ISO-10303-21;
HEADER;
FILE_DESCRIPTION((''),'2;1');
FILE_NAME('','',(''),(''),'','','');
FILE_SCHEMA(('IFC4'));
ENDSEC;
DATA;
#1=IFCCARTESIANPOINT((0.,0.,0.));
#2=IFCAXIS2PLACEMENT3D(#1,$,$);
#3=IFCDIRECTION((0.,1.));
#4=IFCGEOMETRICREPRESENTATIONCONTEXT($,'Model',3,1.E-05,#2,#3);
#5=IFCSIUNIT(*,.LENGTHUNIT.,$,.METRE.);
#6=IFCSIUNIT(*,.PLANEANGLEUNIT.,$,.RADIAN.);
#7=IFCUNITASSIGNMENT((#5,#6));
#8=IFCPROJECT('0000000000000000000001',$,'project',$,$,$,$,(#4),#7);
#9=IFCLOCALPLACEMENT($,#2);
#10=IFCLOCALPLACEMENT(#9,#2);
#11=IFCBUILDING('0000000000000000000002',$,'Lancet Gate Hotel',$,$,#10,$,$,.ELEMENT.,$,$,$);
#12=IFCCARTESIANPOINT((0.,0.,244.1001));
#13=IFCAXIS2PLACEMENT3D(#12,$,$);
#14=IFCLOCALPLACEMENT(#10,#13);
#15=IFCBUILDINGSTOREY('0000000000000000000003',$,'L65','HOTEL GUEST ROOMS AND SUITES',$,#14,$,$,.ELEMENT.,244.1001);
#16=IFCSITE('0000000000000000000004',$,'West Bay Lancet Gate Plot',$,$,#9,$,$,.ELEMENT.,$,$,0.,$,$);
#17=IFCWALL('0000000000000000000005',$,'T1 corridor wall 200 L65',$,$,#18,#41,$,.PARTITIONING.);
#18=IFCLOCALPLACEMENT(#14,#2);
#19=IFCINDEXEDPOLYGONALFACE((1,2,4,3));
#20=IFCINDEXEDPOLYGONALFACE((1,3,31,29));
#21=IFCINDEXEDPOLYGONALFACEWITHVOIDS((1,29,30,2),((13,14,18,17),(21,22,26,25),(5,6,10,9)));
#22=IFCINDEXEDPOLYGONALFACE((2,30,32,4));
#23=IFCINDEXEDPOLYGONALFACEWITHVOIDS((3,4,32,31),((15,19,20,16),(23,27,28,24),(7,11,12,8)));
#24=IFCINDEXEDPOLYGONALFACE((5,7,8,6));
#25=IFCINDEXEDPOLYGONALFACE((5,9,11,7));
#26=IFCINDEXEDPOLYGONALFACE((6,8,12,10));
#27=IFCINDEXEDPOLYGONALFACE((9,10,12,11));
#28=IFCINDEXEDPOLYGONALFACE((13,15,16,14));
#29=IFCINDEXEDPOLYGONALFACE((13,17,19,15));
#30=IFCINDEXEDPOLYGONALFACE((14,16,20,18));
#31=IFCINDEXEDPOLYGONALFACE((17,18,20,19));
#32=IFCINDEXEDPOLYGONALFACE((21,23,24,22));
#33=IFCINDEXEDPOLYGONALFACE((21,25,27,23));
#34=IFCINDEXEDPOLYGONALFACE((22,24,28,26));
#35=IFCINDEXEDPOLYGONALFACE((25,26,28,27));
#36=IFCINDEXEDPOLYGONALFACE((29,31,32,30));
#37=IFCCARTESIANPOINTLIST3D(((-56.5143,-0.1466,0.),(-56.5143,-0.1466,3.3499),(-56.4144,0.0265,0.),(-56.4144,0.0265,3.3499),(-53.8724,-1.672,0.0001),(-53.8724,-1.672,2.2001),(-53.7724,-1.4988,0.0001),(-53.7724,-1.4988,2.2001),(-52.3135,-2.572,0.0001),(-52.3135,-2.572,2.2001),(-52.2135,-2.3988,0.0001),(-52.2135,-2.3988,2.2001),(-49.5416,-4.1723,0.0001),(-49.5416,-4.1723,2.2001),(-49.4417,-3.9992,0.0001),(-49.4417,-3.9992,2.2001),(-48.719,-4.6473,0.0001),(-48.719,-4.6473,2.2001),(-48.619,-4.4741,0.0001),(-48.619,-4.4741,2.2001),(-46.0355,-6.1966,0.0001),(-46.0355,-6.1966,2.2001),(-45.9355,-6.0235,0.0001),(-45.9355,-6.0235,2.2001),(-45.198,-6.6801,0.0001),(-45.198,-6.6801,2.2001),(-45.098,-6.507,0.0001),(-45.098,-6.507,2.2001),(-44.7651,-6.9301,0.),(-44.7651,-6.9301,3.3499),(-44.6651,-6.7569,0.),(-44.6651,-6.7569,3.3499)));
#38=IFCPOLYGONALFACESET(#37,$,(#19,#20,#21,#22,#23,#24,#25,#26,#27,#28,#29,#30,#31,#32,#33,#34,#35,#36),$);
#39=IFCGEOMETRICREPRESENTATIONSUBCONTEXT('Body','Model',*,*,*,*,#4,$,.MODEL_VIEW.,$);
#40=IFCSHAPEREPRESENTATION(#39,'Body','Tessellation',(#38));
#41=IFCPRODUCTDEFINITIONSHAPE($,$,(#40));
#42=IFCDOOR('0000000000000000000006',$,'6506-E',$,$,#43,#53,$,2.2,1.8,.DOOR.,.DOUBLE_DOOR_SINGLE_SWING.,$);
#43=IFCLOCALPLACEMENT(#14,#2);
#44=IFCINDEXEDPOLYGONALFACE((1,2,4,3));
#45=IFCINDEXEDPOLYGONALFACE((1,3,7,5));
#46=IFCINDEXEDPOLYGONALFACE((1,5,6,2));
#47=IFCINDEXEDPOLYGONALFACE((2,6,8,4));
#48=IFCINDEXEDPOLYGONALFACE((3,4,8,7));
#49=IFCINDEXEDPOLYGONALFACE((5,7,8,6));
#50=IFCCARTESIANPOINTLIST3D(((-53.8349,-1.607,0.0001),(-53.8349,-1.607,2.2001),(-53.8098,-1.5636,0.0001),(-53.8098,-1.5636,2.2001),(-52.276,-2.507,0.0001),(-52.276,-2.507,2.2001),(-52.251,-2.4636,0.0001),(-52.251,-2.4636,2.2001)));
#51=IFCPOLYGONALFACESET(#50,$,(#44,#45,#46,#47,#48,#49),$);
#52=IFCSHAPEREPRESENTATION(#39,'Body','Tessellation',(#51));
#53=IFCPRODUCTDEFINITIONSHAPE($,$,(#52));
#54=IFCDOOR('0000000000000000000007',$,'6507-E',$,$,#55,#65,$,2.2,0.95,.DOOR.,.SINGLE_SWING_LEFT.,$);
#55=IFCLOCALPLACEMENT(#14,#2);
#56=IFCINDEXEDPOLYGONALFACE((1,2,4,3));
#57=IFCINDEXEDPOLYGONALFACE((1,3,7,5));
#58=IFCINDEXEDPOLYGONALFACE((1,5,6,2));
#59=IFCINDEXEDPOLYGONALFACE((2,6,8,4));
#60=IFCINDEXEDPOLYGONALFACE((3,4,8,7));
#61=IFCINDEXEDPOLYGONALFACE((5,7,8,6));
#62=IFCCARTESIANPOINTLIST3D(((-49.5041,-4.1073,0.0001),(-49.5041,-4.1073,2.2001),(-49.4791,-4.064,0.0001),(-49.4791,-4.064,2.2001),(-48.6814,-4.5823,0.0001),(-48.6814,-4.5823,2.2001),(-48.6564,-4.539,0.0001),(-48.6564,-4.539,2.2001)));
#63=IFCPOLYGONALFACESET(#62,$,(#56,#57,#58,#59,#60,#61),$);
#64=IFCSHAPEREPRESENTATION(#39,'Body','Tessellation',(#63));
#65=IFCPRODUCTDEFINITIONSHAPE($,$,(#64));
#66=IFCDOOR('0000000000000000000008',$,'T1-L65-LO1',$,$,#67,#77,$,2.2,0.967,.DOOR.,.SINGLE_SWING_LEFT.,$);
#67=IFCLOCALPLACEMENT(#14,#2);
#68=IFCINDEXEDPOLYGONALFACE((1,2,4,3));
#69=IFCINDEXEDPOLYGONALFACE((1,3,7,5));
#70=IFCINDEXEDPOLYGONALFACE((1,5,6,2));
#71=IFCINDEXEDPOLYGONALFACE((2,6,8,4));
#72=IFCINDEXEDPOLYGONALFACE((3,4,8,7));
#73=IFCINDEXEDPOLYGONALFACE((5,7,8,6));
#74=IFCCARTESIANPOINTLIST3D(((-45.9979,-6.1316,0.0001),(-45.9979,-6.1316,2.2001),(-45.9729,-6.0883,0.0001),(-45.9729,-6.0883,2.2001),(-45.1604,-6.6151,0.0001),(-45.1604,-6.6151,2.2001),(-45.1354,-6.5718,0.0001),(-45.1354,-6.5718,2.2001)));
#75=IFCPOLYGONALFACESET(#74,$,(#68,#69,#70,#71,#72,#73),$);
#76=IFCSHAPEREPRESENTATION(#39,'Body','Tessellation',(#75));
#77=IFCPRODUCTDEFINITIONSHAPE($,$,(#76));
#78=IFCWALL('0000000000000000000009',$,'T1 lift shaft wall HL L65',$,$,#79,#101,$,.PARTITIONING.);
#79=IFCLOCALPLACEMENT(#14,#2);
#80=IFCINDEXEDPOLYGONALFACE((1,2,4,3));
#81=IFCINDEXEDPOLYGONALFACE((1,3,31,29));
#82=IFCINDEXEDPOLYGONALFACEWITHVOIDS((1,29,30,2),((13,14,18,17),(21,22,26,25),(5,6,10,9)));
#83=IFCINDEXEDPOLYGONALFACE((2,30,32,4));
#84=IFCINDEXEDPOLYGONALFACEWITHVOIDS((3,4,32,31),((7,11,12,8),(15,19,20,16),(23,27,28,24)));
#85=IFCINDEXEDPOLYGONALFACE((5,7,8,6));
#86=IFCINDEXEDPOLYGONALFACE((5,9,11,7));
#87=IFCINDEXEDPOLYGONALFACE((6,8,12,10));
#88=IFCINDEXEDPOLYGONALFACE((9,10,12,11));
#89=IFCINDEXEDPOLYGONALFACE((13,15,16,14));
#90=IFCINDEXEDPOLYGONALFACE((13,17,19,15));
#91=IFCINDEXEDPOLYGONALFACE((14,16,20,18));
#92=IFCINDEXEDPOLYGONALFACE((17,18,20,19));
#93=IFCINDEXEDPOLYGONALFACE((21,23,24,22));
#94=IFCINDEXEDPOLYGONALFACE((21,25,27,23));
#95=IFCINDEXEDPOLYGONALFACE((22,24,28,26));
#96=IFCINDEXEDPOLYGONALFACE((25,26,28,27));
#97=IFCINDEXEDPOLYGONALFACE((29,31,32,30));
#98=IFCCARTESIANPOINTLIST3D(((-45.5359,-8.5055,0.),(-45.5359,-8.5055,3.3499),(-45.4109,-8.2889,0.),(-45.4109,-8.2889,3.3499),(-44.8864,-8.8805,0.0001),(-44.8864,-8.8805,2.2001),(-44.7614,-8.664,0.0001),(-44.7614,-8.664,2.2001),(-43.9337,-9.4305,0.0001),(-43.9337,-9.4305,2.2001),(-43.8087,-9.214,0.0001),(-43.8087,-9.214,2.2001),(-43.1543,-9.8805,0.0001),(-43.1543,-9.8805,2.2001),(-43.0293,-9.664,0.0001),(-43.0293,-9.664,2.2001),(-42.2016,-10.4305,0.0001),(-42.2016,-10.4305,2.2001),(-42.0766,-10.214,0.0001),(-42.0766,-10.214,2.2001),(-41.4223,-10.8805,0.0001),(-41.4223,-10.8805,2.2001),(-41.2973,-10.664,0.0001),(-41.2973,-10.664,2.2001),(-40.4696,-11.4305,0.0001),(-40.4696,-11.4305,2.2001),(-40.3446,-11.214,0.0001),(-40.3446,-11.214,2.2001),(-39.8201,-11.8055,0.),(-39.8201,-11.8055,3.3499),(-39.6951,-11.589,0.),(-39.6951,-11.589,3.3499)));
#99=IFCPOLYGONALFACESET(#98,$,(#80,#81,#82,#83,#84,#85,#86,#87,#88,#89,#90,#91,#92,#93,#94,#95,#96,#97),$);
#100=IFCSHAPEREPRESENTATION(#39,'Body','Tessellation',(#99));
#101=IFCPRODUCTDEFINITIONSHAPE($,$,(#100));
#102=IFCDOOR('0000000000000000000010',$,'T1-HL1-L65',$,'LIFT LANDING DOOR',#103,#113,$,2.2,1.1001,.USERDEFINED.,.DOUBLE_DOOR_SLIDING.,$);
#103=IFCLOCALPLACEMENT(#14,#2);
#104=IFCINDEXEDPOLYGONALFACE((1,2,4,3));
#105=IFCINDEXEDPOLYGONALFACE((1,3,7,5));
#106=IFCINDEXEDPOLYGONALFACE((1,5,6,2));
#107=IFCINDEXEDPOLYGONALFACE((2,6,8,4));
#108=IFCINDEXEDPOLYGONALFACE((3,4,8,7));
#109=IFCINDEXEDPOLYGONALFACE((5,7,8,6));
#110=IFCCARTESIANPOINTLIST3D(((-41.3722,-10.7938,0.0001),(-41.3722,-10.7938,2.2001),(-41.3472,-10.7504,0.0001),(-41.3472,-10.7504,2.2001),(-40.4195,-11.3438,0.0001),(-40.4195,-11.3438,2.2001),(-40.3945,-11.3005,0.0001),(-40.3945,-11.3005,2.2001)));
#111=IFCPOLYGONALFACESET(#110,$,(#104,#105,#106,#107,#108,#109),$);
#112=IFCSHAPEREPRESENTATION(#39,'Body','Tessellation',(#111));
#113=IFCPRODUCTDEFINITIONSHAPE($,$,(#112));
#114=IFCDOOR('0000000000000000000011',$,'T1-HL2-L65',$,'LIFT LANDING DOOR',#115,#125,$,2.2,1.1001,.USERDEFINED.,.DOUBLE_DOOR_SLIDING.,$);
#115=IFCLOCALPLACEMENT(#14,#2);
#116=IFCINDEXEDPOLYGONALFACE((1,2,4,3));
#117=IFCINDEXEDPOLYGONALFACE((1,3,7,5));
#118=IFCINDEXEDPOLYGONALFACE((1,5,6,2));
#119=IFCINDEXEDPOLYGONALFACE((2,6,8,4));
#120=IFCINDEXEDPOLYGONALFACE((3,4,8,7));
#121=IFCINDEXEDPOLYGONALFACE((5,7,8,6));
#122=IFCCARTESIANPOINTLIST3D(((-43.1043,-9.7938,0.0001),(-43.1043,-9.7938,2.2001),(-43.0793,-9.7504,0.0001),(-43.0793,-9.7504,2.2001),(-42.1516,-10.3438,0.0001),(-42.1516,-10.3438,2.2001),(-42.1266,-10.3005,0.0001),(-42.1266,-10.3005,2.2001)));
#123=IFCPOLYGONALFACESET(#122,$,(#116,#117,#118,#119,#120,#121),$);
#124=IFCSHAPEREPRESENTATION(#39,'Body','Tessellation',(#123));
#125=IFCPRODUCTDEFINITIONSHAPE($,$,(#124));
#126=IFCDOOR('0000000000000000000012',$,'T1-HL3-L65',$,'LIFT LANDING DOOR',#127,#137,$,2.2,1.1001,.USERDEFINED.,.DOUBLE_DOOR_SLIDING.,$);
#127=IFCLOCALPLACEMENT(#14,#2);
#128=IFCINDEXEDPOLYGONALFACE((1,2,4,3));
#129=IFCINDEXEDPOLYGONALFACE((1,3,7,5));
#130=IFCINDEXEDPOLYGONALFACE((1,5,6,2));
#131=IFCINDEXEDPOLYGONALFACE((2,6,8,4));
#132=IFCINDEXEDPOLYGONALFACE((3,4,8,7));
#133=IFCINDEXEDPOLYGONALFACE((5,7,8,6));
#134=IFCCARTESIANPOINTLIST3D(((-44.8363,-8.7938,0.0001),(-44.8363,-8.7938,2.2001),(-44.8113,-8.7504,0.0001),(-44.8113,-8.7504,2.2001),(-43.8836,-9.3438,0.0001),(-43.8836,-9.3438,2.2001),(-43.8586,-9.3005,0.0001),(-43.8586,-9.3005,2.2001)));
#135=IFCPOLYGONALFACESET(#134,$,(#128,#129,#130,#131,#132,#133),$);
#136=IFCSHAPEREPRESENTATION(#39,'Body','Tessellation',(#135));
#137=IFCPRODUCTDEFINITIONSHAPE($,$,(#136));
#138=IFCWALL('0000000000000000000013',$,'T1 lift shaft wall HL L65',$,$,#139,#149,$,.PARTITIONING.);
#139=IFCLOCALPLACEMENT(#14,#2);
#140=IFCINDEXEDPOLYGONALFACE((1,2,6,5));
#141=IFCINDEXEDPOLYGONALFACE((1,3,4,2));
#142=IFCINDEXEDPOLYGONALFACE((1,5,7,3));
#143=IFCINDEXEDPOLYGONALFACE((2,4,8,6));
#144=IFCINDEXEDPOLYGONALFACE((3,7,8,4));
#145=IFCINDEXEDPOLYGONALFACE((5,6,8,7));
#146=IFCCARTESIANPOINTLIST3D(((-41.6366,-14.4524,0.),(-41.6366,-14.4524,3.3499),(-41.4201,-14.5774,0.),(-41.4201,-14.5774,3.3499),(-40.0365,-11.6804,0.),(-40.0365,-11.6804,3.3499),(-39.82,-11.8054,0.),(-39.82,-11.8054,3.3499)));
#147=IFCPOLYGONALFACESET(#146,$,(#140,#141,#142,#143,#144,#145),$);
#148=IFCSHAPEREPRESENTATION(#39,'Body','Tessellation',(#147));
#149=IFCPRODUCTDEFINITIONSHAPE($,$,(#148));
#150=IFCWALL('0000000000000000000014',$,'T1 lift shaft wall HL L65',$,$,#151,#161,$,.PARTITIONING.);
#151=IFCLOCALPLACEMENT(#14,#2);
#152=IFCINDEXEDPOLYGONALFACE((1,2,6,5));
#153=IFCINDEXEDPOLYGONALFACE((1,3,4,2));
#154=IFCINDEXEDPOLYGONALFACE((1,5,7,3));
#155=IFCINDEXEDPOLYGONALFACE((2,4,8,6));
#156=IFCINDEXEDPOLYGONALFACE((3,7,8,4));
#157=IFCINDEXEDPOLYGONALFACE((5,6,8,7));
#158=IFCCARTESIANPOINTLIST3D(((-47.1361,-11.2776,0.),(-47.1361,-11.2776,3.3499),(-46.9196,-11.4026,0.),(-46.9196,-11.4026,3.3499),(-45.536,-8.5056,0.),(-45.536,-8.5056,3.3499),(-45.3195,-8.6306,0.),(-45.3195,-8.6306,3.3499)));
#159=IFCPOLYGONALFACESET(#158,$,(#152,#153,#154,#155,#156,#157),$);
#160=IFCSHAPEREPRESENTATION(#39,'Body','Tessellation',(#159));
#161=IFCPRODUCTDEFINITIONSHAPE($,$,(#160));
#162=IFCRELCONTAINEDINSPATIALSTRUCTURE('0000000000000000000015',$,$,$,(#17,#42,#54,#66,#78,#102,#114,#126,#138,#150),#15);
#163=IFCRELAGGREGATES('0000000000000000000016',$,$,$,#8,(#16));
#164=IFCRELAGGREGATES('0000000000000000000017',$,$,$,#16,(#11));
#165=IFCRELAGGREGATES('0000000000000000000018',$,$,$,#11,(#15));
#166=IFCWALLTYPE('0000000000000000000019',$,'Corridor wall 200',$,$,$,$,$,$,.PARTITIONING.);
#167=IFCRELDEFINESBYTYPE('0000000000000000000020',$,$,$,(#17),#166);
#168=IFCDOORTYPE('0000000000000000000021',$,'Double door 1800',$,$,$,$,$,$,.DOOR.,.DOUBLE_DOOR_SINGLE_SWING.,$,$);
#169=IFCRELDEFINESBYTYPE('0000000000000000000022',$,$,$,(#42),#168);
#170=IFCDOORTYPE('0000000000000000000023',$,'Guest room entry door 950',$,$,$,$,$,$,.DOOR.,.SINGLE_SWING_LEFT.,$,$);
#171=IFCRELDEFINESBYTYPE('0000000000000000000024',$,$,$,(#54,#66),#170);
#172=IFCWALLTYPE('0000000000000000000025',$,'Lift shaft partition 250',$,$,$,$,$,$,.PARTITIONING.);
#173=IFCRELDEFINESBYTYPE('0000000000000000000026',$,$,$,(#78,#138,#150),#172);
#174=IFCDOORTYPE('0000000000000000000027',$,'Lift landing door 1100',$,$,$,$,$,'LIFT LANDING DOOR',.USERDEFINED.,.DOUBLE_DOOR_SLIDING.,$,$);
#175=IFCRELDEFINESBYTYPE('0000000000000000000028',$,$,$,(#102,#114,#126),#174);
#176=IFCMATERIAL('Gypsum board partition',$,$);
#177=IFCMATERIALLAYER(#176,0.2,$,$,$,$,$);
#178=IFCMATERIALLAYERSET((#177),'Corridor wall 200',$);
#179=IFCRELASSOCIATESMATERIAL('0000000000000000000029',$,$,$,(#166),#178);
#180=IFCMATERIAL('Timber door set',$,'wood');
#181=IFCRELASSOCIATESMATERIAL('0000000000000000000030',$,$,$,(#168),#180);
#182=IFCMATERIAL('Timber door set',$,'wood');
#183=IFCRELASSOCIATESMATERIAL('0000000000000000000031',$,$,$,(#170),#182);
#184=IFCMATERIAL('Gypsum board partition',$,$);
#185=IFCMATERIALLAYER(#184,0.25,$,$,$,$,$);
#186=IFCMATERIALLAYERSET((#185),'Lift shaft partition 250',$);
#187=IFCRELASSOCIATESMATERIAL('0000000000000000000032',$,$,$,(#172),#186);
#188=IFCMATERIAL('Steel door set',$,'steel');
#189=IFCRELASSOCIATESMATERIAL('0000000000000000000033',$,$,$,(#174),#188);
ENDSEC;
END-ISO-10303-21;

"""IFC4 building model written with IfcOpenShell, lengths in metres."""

from ifc_helpers import new_model, si_unit, direction, frame, frame_2d, origin, place, context, subcontext, project, spatial, rectangle, extrude, material, layer, layer_set, type_object, element, fill, save


model = new_model("IFC4")

# Units and contexts
model_context = context("Model", 3, precision=1e-05, world=origin(), true_north=direction((0.0, 1.0)))
body_context = subcontext(model_context, "Body", "Model", "MODEL_VIEW")
ifc_project = project(units=[si_unit("LENGTHUNIT", "METRE"), si_unit("PLANEANGLEUNIT", "RADIAN")], contexts=[model_context])

# Site, building, storey
site_placement = place(None, origin())
site = spatial("IfcSite", under=ifc_project, at=site_placement, Name="West Bay Lancet Gate Plot", CompositionType="ELEMENT", RefElevation=0.0)
building_placement = place(site_placement, origin())
building = spatial("IfcBuilding", under=site, at=building_placement, Name="Lancet Gate Hotel", CompositionType="ELEMENT")
storey_placement = place(building_placement, frame((0.0, 0.0, 244.1001)))
storey = spatial("IfcBuildingStorey", under=building, at=storey_placement, Name="L65", Description="HOTEL GUEST ROOMS AND SUITES", CompositionType="ELEMENT", Elevation=244.1001)

# Walls, openings, doors
ifc_material_1 = material(Name="Gypsum board partition")
ifc_layer_1 = layer(ifc_material_1, 0.2)
ifc_layer_set_1 = layer_set([ifc_layer_1], Name="Corridor wall 200")
wall_type_1 = type_object("IfcWallType", Name="Corridor wall 200", PredefinedType="PARTITIONING", material=ifc_layer_set_1)
wall_1_placement = place(storey_placement, frame((-44.7151, -6.8435, 0.0), z_axis=(0.0, 0.0, 1.0), x_axis=(-0.866025, 0.5, 0.0)))
wall_1 = element("IfcWall", 1, at=wall_1_placement, inside=storey, type_object=wall_type_1, Name="T1 corridor wall 200 L65", PredefinedType="PARTITIONING", context=body_context, shape_type="SweptSolid", body=[
    extrude(rectangle(XDim=13.5669, YDim=0.2, at=frame_2d((6.7834, 0.0))), origin(), (0.0, 0.0, 1.0), 3.3499),
])
opening_1_placement = place(wall_1_placement, frame((8.7163, 0.0, 0.0)))
opening_1 = element("IfcOpeningElement", 2, at=opening_1_placement, cuts=wall_1, PredefinedType="OPENING", context=body_context, shape_type="SweptSolid", body=[
    extrude(rectangle(XDim=1.8, YDim=2.2, at=frame_2d((0.8999, 1.1001))), frame((0.0, 0.1099, 0.0), z_axis=(0.0, -1.0, 0.0), x_axis=(1.0, 0.0, 0.0)), (0.0, 0.0, 1.0), 0.22),
])
opening_2_placement = place(wall_1_placement, frame((4.5654, 0.0, 0.0)))
opening_2 = element("IfcOpeningElement", 3, at=opening_2_placement, cuts=wall_1, PredefinedType="OPENING", context=body_context, shape_type="SweptSolid", body=[
    extrude(rectangle(XDim=0.95, YDim=2.2, at=frame_2d((0.4751, 1.1001))), frame((0.0, 0.1099, 0.0), z_axis=(0.0, -1.0, 0.0), x_axis=(1.0, 0.0, 0.0)), (0.0, 0.0, 1.0), 0.22),
])
opening_3_placement = place(wall_1_placement, frame((0.5, 0.0, 0.0)))
opening_3 = element("IfcOpeningElement", 4, at=opening_3_placement, cuts=wall_1, PredefinedType="OPENING", context=body_context, shape_type="SweptSolid", body=[
    extrude(rectangle(XDim=0.967, YDim=2.2, at=frame_2d((0.4834, 1.1001))), frame((0.0, 0.1099, 0.0), z_axis=(0.0, -1.0, 0.0), x_axis=(1.0, 0.0, 0.0)), (0.0, 0.0, 1.0), 0.22),
])
ifc_material_2 = material(Name="Timber door set", Category="wood")
door_type_1 = type_object("IfcDoorType", Name="Double door 1800", OperationType="DOUBLE_DOOR_SINGLE_SWING", PredefinedType="DOOR", material=ifc_material_2)
door_1_placement = place(opening_1_placement, origin())
door_1 = element("IfcDoor", 5, at=door_1_placement, inside=storey, type_object=door_type_1, Name="6506-E", OperationType="DOUBLE_DOOR_SINGLE_SWING", OverallHeight=2.2, OverallWidth=1.8, PredefinedType="DOOR", context=body_context, shape_type="SweptSolid", body=[
    extrude(rectangle(XDim=1.8, YDim=2.2, at=frame_2d((0.8999, 1.1001))), frame((0.0, 0.0249, 0.0), z_axis=(0.0, -1.0, 0.0), x_axis=(1.0, 0.0, 0.0)), (0.0, 0.0, 1.0), 0.05),
])
fill(opening_1, door_1)
ifc_material_3 = material(Name="Timber door set", Category="wood")
door_type_2 = type_object("IfcDoorType", Name="Guest room entry door 950", OperationType="SINGLE_SWING_LEFT", PredefinedType="DOOR", material=ifc_material_3)
door_2_placement = place(opening_2_placement, origin())
door_2 = element("IfcDoor", 6, at=door_2_placement, inside=storey, type_object=door_type_2, Name="6507-E", OperationType="SINGLE_SWING_LEFT", OverallHeight=2.2, OverallWidth=0.95, PredefinedType="DOOR", context=body_context, shape_type="SweptSolid", body=[
    extrude(rectangle(XDim=0.95, YDim=2.2, at=frame_2d((0.4751, 1.1001))), frame((0.0, 0.0249, 0.0), z_axis=(0.0, -1.0, 0.0), x_axis=(1.0, 0.0, 0.0)), (0.0, 0.0, 1.0), 0.05),
])
fill(opening_2, door_2)
door_3_placement = place(opening_3_placement, origin())
door_3 = element("IfcDoor", 7, at=door_3_placement, inside=storey, type_object=door_type_2, Name="T1-L65-LO1", OperationType="SINGLE_SWING_LEFT", OverallHeight=2.2, OverallWidth=0.967, PredefinedType="DOOR", context=body_context, shape_type="SweptSolid", body=[
    extrude(rectangle(XDim=0.967, YDim=2.2, at=frame_2d((0.4834, 1.1001))), frame((0.0, 0.0249, 0.0), z_axis=(0.0, -1.0, 0.0), x_axis=(1.0, 0.0, 0.0)), (0.0, 0.0, 1.0), 0.05),
])
fill(opening_3, door_3)
ifc_material_4 = material(Name="Gypsum board partition")
ifc_layer_2 = layer(ifc_material_4, 0.25)
ifc_layer_set_2 = layer_set([ifc_layer_2], Name="Lift shaft partition 250")
wall_type_2 = type_object("IfcWallType", Name="Lift shaft partition 250", PredefinedType="PARTITIONING", material=ifc_layer_set_2)
wall_2_placement = place(storey_placement, frame((-39.7576, -11.6973, 0.0), z_axis=(0.0, 0.0, 1.0), x_axis=(-0.866024, 0.500002, 0.0)))
wall_2 = element("IfcWall", 8, at=wall_2_placement, inside=storey, type_object=wall_type_2, Name="T1 lift shaft wall HL L65", PredefinedType="PARTITIONING", context=body_context, shape_type="SweptSolid", body=[
    extrude(rectangle(XDim=6.6001, YDim=0.25, at=frame_2d((3.3, 0.0))), origin(), (0.0, 0.0, 1.0), 3.3499),
])
opening_4_placement = place(wall_2_placement, frame((0.75, 0.0, 0.0)))
opening_4 = element("IfcOpeningElement", 9, at=opening_4_placement, cuts=wall_2, PredefinedType="OPENING", context=body_context, shape_type="SweptSolid", body=[
    extrude(rectangle(XDim=1.1001, YDim=2.2, at=frame_2d((0.55, 1.1001))), frame((0.0, 0.135, 0.0), z_axis=(0.0, -1.0, 0.0), x_axis=(1.0, 0.0, 0.0)), (0.0, 0.0, 1.0), 0.27),
])
opening_5_placement = place(wall_2_placement, frame((2.75, 0.0, 0.0)))
opening_5 = element("IfcOpeningElement", 10, at=opening_5_placement, cuts=wall_2, PredefinedType="OPENING", context=body_context, shape_type="SweptSolid", body=[
    extrude(rectangle(XDim=1.1001, YDim=2.2, at=frame_2d((0.55, 1.1001))), frame((0.0, 0.135, 0.0), z_axis=(0.0, -1.0, 0.0), x_axis=(1.0, 0.0, 0.0)), (0.0, 0.0, 1.0), 0.27),
])
opening_6_placement = place(wall_2_placement, frame((4.75, 0.0, 0.0)))
opening_6 = element("IfcOpeningElement", 11, at=opening_6_placement, cuts=wall_2, PredefinedType="OPENING", context=body_context, shape_type="SweptSolid", body=[
    extrude(rectangle(XDim=1.1001, YDim=2.2, at=frame_2d((0.55, 1.1001))), frame((0.0, 0.135, 0.0), z_axis=(0.0, -1.0, 0.0), x_axis=(1.0, 0.0, 0.0)), (0.0, 0.0, 1.0), 0.27),
])
ifc_material_5 = material(Name="Steel door set", Category="steel")
door_type_3 = type_object("IfcDoorType", Name="Lift landing door 1100", ElementType="LIFT LANDING DOOR", OperationType="DOUBLE_DOOR_SLIDING", PredefinedType="USERDEFINED", material=ifc_material_5)
door_4_placement = place(opening_4_placement, origin())
door_4 = element("IfcDoor", 12, at=door_4_placement, inside=storey, type_object=door_type_3, Name="T1-HL1-L65", ObjectType="LIFT LANDING DOOR", OperationType="DOUBLE_DOOR_SLIDING", OverallHeight=2.2, OverallWidth=1.1001, PredefinedType="USERDEFINED", context=body_context, shape_type="SweptSolid", body=[
    extrude(rectangle(XDim=1.1001, YDim=2.2, at=frame_2d((0.55, 1.1001))), frame((0.0, 0.0249, 0.0), z_axis=(0.0, -1.0, 0.0), x_axis=(1.0, 0.0, 0.0)), (0.0, 0.0, 1.0), 0.05),
])
fill(opening_4, door_4)
door_5_placement = place(opening_5_placement, origin())
door_5 = element("IfcDoor", 13, at=door_5_placement, inside=storey, type_object=door_type_3, Name="T1-HL2-L65", ObjectType="LIFT LANDING DOOR", OperationType="DOUBLE_DOOR_SLIDING", OverallHeight=2.2, OverallWidth=1.1001, PredefinedType="USERDEFINED", context=body_context, shape_type="SweptSolid", body=[
    extrude(rectangle(XDim=1.1001, YDim=2.2, at=frame_2d((0.55, 1.1001))), frame((0.0, 0.0249, 0.0), z_axis=(0.0, -1.0, 0.0), x_axis=(1.0, 0.0, 0.0)), (0.0, 0.0, 1.0), 0.05),
])
fill(opening_5, door_5)
door_6_placement = place(opening_6_placement, origin())
door_6 = element("IfcDoor", 14, at=door_6_placement, inside=storey, type_object=door_type_3, Name="T1-HL3-L65", ObjectType="LIFT LANDING DOOR", OperationType="DOUBLE_DOOR_SLIDING", OverallHeight=2.2, OverallWidth=1.1001, PredefinedType="USERDEFINED", context=body_context, shape_type="SweptSolid", body=[
    extrude(rectangle(XDim=1.1001, YDim=2.2, at=frame_2d((0.55, 1.1001))), frame((0.0, 0.0249, 0.0), z_axis=(0.0, -1.0, 0.0), x_axis=(1.0, 0.0, 0.0)), (0.0, 0.0, 1.0), 0.05),
])
fill(opening_6, door_6)

# Walls
for number, where, z_axis, x_axis, name in (
    (15, (-39.9282, -11.7429, 0.0), (0.0, 0.0, 1.0), (-0.499929, -0.866066, 0.0), "T1 lift shaft wall HL L65"),
    (16, (-45.4277, -8.5681, 0.0), (0.0, 0.0, 1.0), (-0.499929, -0.866066, 0.0), "T1 lift shaft wall HL L65"),
):
    element("IfcWall", number, at=place(storey_placement, frame(where, z_axis=z_axis, x_axis=x_axis)), inside=storey, type_object=wall_type_2, Name=name, PredefinedType="PARTITIONING", context=body_context, shape_type="SweptSolid", body=[
        extrude(rectangle(XDim=3.2007, YDim=0.25, at=frame_2d((1.6003, 0.0))), origin(), (0.0, 0.0, 1.0), 3.3499),
    ])

save(model, "model.ifc")
